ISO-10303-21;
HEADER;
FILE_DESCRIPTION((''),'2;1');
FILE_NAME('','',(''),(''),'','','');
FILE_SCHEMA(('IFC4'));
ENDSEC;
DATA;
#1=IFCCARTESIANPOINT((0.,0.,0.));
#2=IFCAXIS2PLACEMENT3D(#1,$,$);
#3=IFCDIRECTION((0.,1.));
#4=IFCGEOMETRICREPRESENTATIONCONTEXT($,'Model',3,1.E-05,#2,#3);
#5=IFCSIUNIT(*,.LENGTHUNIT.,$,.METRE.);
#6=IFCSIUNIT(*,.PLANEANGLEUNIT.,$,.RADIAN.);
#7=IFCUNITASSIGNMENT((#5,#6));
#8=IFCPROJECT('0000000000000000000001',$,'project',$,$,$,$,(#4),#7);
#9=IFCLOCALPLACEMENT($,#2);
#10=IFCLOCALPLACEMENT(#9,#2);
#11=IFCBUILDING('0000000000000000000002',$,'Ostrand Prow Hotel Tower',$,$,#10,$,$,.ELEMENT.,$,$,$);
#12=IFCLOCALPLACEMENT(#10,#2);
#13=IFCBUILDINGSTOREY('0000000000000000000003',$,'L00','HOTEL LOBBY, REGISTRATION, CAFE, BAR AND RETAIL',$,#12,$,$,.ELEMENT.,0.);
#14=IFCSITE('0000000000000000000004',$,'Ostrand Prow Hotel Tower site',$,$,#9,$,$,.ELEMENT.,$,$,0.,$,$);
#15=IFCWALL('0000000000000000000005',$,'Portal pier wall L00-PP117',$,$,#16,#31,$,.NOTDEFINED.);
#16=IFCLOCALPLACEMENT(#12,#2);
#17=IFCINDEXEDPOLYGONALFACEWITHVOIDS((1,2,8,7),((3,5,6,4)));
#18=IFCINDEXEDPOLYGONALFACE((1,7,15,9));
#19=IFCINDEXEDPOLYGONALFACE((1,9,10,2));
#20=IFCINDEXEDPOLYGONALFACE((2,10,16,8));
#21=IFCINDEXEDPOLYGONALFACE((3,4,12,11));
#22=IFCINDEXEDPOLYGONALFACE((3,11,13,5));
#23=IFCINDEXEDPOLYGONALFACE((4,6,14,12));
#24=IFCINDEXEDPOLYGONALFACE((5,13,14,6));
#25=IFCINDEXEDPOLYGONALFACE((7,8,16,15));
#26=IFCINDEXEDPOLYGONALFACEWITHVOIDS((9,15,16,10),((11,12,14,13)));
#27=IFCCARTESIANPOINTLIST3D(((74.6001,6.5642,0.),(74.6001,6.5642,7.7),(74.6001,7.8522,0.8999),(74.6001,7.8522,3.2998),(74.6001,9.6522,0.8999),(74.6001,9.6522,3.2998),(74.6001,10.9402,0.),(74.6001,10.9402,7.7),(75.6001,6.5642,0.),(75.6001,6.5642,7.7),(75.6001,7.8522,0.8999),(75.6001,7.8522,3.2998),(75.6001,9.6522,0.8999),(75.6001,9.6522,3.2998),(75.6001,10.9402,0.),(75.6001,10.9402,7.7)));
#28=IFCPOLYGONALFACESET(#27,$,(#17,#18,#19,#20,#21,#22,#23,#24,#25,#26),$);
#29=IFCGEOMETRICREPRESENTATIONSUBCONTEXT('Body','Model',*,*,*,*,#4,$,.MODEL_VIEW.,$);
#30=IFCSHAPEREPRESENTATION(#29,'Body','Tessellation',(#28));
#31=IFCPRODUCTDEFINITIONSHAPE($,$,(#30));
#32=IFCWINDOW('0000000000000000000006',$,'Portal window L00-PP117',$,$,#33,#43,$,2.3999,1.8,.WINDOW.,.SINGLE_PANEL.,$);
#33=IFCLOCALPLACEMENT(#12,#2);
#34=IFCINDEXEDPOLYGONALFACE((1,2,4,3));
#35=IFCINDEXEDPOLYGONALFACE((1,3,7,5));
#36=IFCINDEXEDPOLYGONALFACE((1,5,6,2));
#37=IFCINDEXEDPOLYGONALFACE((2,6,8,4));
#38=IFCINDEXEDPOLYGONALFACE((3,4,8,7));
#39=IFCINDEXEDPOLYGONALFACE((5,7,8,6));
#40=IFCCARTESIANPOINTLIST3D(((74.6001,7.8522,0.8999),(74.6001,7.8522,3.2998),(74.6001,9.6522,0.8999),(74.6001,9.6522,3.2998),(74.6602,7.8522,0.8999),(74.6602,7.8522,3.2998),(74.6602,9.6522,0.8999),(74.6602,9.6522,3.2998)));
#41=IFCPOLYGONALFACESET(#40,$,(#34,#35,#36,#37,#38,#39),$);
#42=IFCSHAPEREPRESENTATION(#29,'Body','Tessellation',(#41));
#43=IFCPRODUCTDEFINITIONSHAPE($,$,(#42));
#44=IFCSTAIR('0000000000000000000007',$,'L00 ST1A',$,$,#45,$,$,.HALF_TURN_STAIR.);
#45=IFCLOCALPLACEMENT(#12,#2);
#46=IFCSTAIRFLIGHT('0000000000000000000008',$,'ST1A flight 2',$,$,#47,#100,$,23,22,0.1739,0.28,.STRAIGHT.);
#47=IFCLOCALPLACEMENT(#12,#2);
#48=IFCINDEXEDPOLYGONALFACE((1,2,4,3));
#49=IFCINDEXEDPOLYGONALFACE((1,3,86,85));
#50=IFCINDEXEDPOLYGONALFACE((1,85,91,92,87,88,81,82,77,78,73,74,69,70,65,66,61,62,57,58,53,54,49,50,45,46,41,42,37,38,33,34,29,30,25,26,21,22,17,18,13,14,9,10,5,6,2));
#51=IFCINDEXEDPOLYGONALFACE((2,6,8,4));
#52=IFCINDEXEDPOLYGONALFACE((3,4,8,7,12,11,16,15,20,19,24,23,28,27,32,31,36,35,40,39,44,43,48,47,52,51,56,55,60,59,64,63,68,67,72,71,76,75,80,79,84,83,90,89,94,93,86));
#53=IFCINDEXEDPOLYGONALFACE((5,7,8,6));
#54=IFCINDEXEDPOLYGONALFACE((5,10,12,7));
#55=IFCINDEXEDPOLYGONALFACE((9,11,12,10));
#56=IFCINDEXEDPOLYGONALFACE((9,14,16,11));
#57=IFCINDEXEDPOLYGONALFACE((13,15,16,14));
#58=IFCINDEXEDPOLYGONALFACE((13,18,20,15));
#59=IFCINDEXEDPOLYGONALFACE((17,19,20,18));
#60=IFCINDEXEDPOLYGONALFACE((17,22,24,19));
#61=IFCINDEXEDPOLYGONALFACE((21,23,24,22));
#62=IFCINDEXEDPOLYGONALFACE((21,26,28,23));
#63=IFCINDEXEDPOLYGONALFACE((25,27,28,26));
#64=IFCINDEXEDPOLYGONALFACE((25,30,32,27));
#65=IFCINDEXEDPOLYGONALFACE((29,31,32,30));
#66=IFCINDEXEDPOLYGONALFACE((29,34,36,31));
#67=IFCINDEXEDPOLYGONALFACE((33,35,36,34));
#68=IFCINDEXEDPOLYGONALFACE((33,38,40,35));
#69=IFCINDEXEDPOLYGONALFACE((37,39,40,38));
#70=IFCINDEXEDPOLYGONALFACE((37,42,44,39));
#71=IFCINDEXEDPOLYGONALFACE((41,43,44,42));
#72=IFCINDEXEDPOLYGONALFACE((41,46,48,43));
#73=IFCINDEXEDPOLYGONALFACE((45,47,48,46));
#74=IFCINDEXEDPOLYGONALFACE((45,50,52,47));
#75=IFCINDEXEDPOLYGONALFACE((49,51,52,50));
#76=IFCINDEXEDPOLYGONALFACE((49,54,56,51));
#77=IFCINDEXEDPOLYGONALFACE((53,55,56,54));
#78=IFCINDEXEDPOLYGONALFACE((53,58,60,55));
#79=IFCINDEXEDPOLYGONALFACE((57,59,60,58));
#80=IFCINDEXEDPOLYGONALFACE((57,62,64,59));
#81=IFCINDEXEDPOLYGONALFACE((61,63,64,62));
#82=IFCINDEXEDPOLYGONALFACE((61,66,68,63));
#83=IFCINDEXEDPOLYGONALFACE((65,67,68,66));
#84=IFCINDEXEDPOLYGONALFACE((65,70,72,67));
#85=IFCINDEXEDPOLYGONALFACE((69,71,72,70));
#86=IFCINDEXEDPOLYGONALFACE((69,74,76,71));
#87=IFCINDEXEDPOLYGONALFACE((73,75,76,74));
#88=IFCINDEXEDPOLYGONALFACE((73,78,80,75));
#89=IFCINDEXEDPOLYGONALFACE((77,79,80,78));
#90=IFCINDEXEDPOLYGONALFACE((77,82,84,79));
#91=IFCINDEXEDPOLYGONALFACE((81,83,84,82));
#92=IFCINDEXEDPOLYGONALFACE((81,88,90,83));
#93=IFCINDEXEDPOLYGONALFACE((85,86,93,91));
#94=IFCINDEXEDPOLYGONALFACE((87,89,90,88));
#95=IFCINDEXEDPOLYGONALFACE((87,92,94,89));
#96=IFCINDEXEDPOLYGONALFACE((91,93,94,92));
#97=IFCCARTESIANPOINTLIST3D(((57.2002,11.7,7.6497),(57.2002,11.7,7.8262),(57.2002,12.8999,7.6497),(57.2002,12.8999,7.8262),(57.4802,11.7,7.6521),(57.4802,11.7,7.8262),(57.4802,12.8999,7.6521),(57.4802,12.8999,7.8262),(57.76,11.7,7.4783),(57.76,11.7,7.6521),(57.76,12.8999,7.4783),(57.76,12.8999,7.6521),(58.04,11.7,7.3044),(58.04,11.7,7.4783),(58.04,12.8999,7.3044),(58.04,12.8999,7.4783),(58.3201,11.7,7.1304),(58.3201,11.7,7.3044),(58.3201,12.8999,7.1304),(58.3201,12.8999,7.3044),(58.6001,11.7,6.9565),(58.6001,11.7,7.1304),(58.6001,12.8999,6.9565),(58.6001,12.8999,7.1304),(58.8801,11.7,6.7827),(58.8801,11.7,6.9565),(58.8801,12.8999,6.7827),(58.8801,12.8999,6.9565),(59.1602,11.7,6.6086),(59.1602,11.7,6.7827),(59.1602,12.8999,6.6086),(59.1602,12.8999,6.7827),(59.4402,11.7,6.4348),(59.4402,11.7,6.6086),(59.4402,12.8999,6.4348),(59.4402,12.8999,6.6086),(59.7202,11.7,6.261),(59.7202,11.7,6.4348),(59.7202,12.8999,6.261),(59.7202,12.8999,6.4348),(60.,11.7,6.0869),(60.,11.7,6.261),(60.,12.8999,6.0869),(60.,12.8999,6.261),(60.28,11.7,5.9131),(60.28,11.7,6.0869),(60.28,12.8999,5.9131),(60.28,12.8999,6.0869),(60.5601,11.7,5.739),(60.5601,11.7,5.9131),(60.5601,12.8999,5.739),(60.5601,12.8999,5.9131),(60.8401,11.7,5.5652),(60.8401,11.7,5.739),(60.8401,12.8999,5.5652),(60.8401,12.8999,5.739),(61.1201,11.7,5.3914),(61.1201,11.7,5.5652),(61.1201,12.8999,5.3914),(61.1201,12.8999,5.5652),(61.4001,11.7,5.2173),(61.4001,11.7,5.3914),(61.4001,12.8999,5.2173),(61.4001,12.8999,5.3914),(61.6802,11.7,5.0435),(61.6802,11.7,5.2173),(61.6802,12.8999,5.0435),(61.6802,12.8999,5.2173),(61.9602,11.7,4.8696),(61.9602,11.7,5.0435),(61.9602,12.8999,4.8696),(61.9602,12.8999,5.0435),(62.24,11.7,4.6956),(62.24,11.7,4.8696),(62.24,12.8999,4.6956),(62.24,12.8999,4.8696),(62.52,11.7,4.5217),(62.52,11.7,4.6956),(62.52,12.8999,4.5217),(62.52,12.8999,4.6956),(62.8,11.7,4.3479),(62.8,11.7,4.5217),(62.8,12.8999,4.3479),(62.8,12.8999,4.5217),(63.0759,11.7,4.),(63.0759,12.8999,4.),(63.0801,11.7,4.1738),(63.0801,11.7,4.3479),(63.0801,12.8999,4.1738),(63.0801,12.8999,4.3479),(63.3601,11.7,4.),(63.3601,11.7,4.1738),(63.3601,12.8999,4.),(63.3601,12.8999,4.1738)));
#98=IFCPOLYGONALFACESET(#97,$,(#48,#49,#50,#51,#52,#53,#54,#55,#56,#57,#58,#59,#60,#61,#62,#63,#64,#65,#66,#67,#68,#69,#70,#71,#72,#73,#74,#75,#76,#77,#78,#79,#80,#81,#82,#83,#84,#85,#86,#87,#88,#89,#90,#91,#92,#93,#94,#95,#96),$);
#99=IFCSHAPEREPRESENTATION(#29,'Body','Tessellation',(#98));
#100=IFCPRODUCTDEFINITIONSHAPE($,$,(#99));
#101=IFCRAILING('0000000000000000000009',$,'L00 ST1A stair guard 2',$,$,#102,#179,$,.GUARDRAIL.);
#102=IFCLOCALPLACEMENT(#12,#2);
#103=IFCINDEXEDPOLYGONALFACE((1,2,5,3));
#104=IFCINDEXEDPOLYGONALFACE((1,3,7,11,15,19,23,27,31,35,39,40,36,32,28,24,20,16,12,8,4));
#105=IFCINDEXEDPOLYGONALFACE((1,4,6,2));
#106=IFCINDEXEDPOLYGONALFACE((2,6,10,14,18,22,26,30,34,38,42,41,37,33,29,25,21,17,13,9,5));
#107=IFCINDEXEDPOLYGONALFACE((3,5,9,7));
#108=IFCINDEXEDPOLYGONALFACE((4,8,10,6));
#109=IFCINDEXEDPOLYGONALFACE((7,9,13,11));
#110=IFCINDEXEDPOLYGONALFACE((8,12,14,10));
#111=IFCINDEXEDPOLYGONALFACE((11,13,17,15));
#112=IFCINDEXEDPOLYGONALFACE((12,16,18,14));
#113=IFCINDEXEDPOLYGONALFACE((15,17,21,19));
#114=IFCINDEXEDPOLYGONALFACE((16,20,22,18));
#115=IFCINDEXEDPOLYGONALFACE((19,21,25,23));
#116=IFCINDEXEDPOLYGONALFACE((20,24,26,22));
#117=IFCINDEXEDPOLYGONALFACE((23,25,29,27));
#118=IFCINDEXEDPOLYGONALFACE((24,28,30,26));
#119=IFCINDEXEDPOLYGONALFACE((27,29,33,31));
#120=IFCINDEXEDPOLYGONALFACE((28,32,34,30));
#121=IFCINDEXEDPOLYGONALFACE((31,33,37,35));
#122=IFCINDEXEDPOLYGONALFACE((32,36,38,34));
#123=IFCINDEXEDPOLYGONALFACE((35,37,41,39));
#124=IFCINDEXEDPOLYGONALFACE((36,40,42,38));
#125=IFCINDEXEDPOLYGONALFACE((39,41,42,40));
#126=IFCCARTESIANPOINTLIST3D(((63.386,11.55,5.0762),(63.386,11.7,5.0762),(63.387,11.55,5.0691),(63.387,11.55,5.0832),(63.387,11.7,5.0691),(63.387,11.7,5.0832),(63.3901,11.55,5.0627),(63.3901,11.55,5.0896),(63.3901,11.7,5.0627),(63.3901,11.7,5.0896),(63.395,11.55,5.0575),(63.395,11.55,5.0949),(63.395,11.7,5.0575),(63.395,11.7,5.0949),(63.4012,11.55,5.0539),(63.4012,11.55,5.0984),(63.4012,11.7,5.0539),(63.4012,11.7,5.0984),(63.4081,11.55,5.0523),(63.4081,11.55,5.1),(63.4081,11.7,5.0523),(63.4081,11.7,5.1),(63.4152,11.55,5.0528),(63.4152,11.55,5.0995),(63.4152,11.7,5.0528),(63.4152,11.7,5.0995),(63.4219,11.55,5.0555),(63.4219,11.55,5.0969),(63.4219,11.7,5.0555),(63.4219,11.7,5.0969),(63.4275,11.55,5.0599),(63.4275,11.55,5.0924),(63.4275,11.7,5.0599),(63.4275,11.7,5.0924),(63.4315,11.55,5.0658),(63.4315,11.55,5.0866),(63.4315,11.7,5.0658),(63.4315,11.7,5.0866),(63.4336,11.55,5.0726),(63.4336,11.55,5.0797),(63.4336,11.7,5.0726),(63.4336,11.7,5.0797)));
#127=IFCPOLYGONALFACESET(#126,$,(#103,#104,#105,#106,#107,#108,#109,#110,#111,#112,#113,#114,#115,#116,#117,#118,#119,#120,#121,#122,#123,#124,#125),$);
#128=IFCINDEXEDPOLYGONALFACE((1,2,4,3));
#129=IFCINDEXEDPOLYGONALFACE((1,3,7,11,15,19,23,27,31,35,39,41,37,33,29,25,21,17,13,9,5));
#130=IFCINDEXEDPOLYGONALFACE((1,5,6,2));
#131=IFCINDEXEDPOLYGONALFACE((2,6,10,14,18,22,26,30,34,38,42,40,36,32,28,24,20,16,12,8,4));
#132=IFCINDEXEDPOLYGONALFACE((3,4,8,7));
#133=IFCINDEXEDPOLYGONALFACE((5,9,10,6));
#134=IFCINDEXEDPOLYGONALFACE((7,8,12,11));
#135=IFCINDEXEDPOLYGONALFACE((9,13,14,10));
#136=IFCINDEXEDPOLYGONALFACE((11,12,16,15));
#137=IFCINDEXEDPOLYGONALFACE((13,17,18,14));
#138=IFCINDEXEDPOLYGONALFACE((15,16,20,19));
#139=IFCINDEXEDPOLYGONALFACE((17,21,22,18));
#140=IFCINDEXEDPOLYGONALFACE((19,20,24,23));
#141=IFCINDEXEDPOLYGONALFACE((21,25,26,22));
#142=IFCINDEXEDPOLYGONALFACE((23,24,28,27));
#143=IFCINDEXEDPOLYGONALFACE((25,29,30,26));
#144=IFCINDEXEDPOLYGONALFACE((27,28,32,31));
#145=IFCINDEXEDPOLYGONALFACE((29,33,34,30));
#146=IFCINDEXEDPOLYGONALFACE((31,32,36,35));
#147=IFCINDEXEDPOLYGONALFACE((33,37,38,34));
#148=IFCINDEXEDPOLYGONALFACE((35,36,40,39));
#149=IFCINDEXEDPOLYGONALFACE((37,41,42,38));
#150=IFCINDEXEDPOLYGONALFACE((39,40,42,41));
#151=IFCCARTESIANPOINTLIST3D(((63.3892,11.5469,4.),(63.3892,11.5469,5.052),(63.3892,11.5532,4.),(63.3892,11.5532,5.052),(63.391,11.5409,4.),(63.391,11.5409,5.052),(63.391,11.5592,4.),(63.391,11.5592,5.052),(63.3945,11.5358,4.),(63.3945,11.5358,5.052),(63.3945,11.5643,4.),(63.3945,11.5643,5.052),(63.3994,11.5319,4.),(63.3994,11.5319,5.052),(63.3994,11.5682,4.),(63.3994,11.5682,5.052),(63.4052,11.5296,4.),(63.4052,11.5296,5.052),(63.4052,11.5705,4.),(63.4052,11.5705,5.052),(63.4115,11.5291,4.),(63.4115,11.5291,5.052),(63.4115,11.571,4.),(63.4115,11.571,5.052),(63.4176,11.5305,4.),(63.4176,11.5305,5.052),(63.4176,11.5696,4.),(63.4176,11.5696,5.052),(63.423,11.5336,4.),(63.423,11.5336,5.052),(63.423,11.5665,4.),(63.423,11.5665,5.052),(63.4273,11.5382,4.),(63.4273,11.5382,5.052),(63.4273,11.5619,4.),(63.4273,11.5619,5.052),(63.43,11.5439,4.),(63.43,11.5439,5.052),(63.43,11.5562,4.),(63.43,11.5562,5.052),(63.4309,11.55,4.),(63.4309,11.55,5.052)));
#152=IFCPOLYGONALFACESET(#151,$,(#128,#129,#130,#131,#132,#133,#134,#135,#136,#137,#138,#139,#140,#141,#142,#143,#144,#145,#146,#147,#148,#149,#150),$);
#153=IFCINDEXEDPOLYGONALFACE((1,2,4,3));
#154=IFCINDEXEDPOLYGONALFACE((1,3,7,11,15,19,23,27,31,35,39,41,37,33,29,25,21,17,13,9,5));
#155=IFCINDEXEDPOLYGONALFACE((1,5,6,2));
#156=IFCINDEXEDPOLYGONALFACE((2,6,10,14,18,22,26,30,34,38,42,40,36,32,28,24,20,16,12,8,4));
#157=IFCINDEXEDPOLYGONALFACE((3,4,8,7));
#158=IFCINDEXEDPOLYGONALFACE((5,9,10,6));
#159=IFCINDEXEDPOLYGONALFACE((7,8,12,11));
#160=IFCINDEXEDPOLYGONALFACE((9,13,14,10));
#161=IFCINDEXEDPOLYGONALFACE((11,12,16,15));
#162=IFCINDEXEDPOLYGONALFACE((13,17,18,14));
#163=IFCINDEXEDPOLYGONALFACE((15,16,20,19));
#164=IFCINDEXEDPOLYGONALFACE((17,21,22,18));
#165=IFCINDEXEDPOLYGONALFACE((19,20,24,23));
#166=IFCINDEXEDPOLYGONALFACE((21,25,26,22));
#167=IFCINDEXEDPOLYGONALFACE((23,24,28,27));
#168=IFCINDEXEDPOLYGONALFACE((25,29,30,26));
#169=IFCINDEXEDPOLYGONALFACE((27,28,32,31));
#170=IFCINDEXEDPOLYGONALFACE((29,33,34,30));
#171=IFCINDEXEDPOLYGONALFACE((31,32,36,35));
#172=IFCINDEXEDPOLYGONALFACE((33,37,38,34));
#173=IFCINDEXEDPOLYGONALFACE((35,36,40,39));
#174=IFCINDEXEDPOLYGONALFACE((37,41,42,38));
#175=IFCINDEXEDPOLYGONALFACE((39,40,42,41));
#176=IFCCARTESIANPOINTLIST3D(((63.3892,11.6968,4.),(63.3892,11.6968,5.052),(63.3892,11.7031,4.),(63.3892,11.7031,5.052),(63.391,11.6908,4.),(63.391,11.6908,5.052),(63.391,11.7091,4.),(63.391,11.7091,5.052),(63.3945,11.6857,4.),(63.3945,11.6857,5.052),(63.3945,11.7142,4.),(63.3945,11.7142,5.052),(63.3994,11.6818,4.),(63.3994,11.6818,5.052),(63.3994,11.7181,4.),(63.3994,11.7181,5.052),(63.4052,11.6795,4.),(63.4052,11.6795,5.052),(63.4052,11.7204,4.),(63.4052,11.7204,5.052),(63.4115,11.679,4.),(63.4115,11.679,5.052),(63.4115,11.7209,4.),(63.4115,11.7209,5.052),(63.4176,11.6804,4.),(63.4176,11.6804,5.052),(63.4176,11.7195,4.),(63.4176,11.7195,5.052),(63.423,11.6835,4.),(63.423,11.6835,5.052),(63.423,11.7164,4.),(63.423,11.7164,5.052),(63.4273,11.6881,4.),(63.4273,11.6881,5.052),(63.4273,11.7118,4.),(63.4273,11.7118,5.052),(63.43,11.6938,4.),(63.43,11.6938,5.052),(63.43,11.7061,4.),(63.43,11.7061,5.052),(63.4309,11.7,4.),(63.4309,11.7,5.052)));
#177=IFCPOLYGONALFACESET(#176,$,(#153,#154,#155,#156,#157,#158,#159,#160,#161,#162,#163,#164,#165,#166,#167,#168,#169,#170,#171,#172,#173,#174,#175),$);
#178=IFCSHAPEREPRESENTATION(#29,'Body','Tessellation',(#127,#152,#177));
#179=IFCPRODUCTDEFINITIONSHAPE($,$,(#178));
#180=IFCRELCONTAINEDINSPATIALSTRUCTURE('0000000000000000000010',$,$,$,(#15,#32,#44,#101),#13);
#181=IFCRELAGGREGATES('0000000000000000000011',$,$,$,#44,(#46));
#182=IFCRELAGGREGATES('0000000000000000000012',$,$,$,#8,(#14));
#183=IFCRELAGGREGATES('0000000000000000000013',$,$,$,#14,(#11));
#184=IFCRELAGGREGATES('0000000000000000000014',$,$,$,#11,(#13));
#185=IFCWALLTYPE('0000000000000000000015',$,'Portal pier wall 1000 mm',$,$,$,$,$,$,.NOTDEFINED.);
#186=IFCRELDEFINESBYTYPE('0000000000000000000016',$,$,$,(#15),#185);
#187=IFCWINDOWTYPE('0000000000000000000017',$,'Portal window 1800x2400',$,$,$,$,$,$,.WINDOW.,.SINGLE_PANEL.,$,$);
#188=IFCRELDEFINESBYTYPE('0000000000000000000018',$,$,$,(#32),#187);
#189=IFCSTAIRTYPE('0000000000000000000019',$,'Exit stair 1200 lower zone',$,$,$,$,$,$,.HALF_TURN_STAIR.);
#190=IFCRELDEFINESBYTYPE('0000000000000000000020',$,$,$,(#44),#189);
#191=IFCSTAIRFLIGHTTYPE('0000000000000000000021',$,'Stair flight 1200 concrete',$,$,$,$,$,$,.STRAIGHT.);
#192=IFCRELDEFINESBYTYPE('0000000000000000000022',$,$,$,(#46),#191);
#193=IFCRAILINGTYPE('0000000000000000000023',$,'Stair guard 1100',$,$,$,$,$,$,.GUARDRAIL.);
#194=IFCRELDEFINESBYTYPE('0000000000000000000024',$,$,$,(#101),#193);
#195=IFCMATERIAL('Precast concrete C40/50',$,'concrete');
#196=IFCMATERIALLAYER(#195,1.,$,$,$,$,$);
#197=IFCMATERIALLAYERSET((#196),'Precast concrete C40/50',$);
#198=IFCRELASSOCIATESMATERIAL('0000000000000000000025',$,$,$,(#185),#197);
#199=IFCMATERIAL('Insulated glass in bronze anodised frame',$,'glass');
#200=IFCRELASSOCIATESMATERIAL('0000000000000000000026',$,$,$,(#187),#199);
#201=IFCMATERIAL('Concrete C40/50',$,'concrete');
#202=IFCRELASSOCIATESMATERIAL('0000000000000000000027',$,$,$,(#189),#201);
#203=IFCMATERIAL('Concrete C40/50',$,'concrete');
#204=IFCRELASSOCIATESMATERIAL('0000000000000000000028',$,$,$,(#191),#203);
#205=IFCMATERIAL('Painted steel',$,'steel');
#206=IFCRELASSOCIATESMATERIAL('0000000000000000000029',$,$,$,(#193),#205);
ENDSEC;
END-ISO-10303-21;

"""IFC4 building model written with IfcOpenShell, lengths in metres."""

from ifc_helpers import new_model, si_unit, direction, frame, frame_2d, origin, origin_2d, place, context, subcontext, project, spatial, polyline, rectangle, circle, outline, extrude, material, layer, layer_set, type_object, element, fill, aggregate, save


model = new_model("IFC4")

# Units and contexts
model_context = context("Model", 3, precision=1e-05, world=origin(), true_north=direction((0.0, 1.0)))
body_context = subcontext(model_context, "Body", "Model", "MODEL_VIEW")
ifc_project = project(units=[si_unit("LENGTHUNIT", "METRE"), si_unit("PLANEANGLEUNIT", "RADIAN")], contexts=[model_context])

# Site, building, storey
site_placement = place(None, origin())
site = spatial("IfcSite", under=ifc_project, at=site_placement, Name="Ostrand Prow Hotel Tower site", CompositionType="ELEMENT", RefElevation=0.0)
building_placement = place(site_placement, origin())
building = spatial("IfcBuilding", under=site, at=building_placement, Name="Ostrand Prow Hotel Tower", CompositionType="ELEMENT")
storey_placement = place(building_placement, origin())
storey = spatial("IfcBuildingStorey", under=building, at=storey_placement, Name="L00", Description="HOTEL LOBBY, REGISTRATION, CAFE, BAR AND RETAIL", CompositionType="ELEMENT", Elevation=0.0)

# Wall, opening, window
ifc_material_1 = material(Name="Precast concrete C40/50", Category="concrete")
ifc_layer_1 = layer(ifc_material_1, 1.0)
ifc_layer_set_1 = layer_set([ifc_layer_1], Name="Precast concrete C40/50")
wall_type_1 = type_object("IfcWallType", Name="Portal pier wall 1000 mm", PredefinedType="NOTDEFINED", material=ifc_layer_set_1)
wall_1_placement = place(storey_placement, frame((75.1001, 6.5642, 0.0), z_axis=(0.0, 0.0, 1.0), x_axis=(0.0, 1.0, 0.0)))
wall_1 = element("IfcWall", 1, at=wall_1_placement, inside=storey, type_object=wall_type_1, Name="Portal pier wall L00-PP117", PredefinedType="NOTDEFINED", context=body_context, shape_type="SweptSolid", body=[
    extrude(outline(polyline([(0.0, -0.5), (4.376, -0.5), (4.376, 0.5), (0.0, 0.5), (0.0, -0.5)])), origin(), (0.0, 0.0, 1.0), 7.7),
])
opening_1_placement = place(wall_1_placement, frame((1.2881, 0.0, 0.8999)))
opening_1 = element("IfcOpeningElement", 2, at=opening_1_placement, cuts=wall_1, PredefinedType="OPENING", context=body_context, shape_type="SweptSolid", body=[
    extrude(rectangle(XDim=1.8, YDim=2.3999, at=frame_2d((0.8999, 1.2))), frame((0.0, 0.51, 0.0), z_axis=(0.0, -1.0, 0.0), x_axis=(1.0, 0.0, 0.0)), (0.0, 0.0, 1.0), 1.02),
])
ifc_material_2 = material(Name="Insulated glass in bronze anodised frame", Category="glass")
window_type = type_object("IfcWindowType", Name="Portal window 1800x2400", PartitioningType="SINGLE_PANEL", PredefinedType="WINDOW", material=ifc_material_2)
window_placement = place(opening_1_placement, origin())
window = element("IfcWindow", 3, at=window_placement, inside=storey, type_object=window_type, Name="Portal window L00-PP117", OverallHeight=2.3999, OverallWidth=1.8, PartitioningType="SINGLE_PANEL", PredefinedType="WINDOW", context=body_context, shape_type="SweptSolid", body=[
    extrude(rectangle(XDim=1.8, YDim=2.3999, at=frame_2d((0.8999, 1.2))), frame((0.0, 0.5, 0.0), z_axis=(0.0, -1.0, 0.0), x_axis=(1.0, 0.0, 0.0)), (0.0, 0.0, 1.0), 0.0601),
])
fill(opening_1, window)

# Stair, stair flight
ifc_material_3 = material(Name="Concrete C40/50", Category="concrete")
stair_type = type_object("IfcStairType", Name="Exit stair 1200 lower zone", PredefinedType="HALF_TURN_STAIR", material=ifc_material_3)
stair_placement = place(storey_placement, origin())
stair = element("IfcStair", 4, at=stair_placement, inside=storey, type_object=stair_type, Name="L00 ST1A", PredefinedType="HALF_TURN_STAIR")
ifc_material_4 = material(Name="Concrete C40/50", Category="concrete")
stair_flight_type = type_object("IfcStairFlightType", Name="Stair flight 1200 concrete", PredefinedType="STRAIGHT", material=ifc_material_4)
stair_flight_placement = place(storey_placement, frame((63.3601, 12.3, 4.0), z_axis=(0.0, 0.0, 1.0), x_axis=(-1.0, 0.0, 0.0)))
stair_flight = element("IfcStairFlight", 5, at=stair_flight_placement, type_object=stair_flight_type, Name="ST1A flight 2", NumberOfRisers=23, NumberOfTreads=22, PredefinedType="STRAIGHT", RiserHeight=0.1739, TreadLength=0.28, context=body_context, shape_type="SweptSolid", body=[
    extrude(outline(polyline([(0.0, 0.0), (0.0, 0.1738), (0.28, 0.1738), (0.28, 0.3479), (0.5601, 0.3479), (0.5601, 0.5217), (0.8401, 0.5217), (0.8401, 0.6956), (1.1201, 0.6956), (1.1201, 0.8696), (1.3999, 0.8696), (1.3999, 1.0435), (1.6799, 1.0435), (1.6799, 1.2173), (1.96, 1.2173), (1.96, 1.3914), (2.24, 1.3914), (2.24, 1.5652), (2.52, 1.5652), (2.52, 1.739), (2.8, 1.739), (2.8, 1.9131), (3.0801, 1.9131), (3.0801, 2.0869), (3.3601, 2.0869), (3.3601, 2.261), (3.6399, 2.261), (3.6399, 2.4348), (3.9199, 2.4348), (3.9199, 2.6086), (4.2, 2.6086), (4.2, 2.7827), (4.48, 2.7827), (4.48, 2.9565), (4.76, 2.9565), (4.76, 3.1304), (5.04, 3.1304), (5.04, 3.3044), (5.3201, 3.3044), (5.3201, 3.4783), (5.6001, 3.4783), (5.6001, 3.6521), (5.8799, 3.6521), (5.8799, 3.8262), (6.1599, 3.8262), (6.1599, 4.0), (6.1599, 3.6497), (0.2842, 0.0), (0.0, 0.0)])), frame((0.0, 0.6001, 0.0), z_axis=(0.0, -1.0, 0.0), x_axis=(1.0, 0.0, 0.0)), (0.0, 0.0, 1.0), 1.2),
])
aggregate(stair, [stair_flight])

# Railing
ifc_material_5 = material(Name="Painted steel", Category="steel")
railing_type_1 = type_object("IfcRailingType", Name="Stair guard 1100", PredefinedType="GUARDRAIL", material=ifc_material_5)
railing_1_placement = place(storey_placement, frame((63.4099, 11.55, 4.0)))
element("IfcRailing", 6, at=railing_1_placement, inside=storey, type_object=railing_type_1, Name="L00 ST1A stair guard 2", PredefinedType="GUARDRAIL", context=body_context, shape_type="SweptSolid", body=[
    extrude(circle(Radius=0.0239, at=origin_2d()), frame((0.0, 0.0, 1.0762), z_axis=(0.0, 1.0, 0.0), x_axis=(-1.0, 0.0, 0.0)), (0.0, 0.0, 1.0), 0.1499),
    extrude(circle(Radius=0.021, at=origin_2d()), origin(), (0.0, 0.0, 1.0), 1.052),
    extrude(circle(Radius=0.021, at=origin_2d()), frame((0.0, 0.1499, 0.0)), (0.0, 0.0, 1.0), 1.052),
])

save(model, "model.ifc")
